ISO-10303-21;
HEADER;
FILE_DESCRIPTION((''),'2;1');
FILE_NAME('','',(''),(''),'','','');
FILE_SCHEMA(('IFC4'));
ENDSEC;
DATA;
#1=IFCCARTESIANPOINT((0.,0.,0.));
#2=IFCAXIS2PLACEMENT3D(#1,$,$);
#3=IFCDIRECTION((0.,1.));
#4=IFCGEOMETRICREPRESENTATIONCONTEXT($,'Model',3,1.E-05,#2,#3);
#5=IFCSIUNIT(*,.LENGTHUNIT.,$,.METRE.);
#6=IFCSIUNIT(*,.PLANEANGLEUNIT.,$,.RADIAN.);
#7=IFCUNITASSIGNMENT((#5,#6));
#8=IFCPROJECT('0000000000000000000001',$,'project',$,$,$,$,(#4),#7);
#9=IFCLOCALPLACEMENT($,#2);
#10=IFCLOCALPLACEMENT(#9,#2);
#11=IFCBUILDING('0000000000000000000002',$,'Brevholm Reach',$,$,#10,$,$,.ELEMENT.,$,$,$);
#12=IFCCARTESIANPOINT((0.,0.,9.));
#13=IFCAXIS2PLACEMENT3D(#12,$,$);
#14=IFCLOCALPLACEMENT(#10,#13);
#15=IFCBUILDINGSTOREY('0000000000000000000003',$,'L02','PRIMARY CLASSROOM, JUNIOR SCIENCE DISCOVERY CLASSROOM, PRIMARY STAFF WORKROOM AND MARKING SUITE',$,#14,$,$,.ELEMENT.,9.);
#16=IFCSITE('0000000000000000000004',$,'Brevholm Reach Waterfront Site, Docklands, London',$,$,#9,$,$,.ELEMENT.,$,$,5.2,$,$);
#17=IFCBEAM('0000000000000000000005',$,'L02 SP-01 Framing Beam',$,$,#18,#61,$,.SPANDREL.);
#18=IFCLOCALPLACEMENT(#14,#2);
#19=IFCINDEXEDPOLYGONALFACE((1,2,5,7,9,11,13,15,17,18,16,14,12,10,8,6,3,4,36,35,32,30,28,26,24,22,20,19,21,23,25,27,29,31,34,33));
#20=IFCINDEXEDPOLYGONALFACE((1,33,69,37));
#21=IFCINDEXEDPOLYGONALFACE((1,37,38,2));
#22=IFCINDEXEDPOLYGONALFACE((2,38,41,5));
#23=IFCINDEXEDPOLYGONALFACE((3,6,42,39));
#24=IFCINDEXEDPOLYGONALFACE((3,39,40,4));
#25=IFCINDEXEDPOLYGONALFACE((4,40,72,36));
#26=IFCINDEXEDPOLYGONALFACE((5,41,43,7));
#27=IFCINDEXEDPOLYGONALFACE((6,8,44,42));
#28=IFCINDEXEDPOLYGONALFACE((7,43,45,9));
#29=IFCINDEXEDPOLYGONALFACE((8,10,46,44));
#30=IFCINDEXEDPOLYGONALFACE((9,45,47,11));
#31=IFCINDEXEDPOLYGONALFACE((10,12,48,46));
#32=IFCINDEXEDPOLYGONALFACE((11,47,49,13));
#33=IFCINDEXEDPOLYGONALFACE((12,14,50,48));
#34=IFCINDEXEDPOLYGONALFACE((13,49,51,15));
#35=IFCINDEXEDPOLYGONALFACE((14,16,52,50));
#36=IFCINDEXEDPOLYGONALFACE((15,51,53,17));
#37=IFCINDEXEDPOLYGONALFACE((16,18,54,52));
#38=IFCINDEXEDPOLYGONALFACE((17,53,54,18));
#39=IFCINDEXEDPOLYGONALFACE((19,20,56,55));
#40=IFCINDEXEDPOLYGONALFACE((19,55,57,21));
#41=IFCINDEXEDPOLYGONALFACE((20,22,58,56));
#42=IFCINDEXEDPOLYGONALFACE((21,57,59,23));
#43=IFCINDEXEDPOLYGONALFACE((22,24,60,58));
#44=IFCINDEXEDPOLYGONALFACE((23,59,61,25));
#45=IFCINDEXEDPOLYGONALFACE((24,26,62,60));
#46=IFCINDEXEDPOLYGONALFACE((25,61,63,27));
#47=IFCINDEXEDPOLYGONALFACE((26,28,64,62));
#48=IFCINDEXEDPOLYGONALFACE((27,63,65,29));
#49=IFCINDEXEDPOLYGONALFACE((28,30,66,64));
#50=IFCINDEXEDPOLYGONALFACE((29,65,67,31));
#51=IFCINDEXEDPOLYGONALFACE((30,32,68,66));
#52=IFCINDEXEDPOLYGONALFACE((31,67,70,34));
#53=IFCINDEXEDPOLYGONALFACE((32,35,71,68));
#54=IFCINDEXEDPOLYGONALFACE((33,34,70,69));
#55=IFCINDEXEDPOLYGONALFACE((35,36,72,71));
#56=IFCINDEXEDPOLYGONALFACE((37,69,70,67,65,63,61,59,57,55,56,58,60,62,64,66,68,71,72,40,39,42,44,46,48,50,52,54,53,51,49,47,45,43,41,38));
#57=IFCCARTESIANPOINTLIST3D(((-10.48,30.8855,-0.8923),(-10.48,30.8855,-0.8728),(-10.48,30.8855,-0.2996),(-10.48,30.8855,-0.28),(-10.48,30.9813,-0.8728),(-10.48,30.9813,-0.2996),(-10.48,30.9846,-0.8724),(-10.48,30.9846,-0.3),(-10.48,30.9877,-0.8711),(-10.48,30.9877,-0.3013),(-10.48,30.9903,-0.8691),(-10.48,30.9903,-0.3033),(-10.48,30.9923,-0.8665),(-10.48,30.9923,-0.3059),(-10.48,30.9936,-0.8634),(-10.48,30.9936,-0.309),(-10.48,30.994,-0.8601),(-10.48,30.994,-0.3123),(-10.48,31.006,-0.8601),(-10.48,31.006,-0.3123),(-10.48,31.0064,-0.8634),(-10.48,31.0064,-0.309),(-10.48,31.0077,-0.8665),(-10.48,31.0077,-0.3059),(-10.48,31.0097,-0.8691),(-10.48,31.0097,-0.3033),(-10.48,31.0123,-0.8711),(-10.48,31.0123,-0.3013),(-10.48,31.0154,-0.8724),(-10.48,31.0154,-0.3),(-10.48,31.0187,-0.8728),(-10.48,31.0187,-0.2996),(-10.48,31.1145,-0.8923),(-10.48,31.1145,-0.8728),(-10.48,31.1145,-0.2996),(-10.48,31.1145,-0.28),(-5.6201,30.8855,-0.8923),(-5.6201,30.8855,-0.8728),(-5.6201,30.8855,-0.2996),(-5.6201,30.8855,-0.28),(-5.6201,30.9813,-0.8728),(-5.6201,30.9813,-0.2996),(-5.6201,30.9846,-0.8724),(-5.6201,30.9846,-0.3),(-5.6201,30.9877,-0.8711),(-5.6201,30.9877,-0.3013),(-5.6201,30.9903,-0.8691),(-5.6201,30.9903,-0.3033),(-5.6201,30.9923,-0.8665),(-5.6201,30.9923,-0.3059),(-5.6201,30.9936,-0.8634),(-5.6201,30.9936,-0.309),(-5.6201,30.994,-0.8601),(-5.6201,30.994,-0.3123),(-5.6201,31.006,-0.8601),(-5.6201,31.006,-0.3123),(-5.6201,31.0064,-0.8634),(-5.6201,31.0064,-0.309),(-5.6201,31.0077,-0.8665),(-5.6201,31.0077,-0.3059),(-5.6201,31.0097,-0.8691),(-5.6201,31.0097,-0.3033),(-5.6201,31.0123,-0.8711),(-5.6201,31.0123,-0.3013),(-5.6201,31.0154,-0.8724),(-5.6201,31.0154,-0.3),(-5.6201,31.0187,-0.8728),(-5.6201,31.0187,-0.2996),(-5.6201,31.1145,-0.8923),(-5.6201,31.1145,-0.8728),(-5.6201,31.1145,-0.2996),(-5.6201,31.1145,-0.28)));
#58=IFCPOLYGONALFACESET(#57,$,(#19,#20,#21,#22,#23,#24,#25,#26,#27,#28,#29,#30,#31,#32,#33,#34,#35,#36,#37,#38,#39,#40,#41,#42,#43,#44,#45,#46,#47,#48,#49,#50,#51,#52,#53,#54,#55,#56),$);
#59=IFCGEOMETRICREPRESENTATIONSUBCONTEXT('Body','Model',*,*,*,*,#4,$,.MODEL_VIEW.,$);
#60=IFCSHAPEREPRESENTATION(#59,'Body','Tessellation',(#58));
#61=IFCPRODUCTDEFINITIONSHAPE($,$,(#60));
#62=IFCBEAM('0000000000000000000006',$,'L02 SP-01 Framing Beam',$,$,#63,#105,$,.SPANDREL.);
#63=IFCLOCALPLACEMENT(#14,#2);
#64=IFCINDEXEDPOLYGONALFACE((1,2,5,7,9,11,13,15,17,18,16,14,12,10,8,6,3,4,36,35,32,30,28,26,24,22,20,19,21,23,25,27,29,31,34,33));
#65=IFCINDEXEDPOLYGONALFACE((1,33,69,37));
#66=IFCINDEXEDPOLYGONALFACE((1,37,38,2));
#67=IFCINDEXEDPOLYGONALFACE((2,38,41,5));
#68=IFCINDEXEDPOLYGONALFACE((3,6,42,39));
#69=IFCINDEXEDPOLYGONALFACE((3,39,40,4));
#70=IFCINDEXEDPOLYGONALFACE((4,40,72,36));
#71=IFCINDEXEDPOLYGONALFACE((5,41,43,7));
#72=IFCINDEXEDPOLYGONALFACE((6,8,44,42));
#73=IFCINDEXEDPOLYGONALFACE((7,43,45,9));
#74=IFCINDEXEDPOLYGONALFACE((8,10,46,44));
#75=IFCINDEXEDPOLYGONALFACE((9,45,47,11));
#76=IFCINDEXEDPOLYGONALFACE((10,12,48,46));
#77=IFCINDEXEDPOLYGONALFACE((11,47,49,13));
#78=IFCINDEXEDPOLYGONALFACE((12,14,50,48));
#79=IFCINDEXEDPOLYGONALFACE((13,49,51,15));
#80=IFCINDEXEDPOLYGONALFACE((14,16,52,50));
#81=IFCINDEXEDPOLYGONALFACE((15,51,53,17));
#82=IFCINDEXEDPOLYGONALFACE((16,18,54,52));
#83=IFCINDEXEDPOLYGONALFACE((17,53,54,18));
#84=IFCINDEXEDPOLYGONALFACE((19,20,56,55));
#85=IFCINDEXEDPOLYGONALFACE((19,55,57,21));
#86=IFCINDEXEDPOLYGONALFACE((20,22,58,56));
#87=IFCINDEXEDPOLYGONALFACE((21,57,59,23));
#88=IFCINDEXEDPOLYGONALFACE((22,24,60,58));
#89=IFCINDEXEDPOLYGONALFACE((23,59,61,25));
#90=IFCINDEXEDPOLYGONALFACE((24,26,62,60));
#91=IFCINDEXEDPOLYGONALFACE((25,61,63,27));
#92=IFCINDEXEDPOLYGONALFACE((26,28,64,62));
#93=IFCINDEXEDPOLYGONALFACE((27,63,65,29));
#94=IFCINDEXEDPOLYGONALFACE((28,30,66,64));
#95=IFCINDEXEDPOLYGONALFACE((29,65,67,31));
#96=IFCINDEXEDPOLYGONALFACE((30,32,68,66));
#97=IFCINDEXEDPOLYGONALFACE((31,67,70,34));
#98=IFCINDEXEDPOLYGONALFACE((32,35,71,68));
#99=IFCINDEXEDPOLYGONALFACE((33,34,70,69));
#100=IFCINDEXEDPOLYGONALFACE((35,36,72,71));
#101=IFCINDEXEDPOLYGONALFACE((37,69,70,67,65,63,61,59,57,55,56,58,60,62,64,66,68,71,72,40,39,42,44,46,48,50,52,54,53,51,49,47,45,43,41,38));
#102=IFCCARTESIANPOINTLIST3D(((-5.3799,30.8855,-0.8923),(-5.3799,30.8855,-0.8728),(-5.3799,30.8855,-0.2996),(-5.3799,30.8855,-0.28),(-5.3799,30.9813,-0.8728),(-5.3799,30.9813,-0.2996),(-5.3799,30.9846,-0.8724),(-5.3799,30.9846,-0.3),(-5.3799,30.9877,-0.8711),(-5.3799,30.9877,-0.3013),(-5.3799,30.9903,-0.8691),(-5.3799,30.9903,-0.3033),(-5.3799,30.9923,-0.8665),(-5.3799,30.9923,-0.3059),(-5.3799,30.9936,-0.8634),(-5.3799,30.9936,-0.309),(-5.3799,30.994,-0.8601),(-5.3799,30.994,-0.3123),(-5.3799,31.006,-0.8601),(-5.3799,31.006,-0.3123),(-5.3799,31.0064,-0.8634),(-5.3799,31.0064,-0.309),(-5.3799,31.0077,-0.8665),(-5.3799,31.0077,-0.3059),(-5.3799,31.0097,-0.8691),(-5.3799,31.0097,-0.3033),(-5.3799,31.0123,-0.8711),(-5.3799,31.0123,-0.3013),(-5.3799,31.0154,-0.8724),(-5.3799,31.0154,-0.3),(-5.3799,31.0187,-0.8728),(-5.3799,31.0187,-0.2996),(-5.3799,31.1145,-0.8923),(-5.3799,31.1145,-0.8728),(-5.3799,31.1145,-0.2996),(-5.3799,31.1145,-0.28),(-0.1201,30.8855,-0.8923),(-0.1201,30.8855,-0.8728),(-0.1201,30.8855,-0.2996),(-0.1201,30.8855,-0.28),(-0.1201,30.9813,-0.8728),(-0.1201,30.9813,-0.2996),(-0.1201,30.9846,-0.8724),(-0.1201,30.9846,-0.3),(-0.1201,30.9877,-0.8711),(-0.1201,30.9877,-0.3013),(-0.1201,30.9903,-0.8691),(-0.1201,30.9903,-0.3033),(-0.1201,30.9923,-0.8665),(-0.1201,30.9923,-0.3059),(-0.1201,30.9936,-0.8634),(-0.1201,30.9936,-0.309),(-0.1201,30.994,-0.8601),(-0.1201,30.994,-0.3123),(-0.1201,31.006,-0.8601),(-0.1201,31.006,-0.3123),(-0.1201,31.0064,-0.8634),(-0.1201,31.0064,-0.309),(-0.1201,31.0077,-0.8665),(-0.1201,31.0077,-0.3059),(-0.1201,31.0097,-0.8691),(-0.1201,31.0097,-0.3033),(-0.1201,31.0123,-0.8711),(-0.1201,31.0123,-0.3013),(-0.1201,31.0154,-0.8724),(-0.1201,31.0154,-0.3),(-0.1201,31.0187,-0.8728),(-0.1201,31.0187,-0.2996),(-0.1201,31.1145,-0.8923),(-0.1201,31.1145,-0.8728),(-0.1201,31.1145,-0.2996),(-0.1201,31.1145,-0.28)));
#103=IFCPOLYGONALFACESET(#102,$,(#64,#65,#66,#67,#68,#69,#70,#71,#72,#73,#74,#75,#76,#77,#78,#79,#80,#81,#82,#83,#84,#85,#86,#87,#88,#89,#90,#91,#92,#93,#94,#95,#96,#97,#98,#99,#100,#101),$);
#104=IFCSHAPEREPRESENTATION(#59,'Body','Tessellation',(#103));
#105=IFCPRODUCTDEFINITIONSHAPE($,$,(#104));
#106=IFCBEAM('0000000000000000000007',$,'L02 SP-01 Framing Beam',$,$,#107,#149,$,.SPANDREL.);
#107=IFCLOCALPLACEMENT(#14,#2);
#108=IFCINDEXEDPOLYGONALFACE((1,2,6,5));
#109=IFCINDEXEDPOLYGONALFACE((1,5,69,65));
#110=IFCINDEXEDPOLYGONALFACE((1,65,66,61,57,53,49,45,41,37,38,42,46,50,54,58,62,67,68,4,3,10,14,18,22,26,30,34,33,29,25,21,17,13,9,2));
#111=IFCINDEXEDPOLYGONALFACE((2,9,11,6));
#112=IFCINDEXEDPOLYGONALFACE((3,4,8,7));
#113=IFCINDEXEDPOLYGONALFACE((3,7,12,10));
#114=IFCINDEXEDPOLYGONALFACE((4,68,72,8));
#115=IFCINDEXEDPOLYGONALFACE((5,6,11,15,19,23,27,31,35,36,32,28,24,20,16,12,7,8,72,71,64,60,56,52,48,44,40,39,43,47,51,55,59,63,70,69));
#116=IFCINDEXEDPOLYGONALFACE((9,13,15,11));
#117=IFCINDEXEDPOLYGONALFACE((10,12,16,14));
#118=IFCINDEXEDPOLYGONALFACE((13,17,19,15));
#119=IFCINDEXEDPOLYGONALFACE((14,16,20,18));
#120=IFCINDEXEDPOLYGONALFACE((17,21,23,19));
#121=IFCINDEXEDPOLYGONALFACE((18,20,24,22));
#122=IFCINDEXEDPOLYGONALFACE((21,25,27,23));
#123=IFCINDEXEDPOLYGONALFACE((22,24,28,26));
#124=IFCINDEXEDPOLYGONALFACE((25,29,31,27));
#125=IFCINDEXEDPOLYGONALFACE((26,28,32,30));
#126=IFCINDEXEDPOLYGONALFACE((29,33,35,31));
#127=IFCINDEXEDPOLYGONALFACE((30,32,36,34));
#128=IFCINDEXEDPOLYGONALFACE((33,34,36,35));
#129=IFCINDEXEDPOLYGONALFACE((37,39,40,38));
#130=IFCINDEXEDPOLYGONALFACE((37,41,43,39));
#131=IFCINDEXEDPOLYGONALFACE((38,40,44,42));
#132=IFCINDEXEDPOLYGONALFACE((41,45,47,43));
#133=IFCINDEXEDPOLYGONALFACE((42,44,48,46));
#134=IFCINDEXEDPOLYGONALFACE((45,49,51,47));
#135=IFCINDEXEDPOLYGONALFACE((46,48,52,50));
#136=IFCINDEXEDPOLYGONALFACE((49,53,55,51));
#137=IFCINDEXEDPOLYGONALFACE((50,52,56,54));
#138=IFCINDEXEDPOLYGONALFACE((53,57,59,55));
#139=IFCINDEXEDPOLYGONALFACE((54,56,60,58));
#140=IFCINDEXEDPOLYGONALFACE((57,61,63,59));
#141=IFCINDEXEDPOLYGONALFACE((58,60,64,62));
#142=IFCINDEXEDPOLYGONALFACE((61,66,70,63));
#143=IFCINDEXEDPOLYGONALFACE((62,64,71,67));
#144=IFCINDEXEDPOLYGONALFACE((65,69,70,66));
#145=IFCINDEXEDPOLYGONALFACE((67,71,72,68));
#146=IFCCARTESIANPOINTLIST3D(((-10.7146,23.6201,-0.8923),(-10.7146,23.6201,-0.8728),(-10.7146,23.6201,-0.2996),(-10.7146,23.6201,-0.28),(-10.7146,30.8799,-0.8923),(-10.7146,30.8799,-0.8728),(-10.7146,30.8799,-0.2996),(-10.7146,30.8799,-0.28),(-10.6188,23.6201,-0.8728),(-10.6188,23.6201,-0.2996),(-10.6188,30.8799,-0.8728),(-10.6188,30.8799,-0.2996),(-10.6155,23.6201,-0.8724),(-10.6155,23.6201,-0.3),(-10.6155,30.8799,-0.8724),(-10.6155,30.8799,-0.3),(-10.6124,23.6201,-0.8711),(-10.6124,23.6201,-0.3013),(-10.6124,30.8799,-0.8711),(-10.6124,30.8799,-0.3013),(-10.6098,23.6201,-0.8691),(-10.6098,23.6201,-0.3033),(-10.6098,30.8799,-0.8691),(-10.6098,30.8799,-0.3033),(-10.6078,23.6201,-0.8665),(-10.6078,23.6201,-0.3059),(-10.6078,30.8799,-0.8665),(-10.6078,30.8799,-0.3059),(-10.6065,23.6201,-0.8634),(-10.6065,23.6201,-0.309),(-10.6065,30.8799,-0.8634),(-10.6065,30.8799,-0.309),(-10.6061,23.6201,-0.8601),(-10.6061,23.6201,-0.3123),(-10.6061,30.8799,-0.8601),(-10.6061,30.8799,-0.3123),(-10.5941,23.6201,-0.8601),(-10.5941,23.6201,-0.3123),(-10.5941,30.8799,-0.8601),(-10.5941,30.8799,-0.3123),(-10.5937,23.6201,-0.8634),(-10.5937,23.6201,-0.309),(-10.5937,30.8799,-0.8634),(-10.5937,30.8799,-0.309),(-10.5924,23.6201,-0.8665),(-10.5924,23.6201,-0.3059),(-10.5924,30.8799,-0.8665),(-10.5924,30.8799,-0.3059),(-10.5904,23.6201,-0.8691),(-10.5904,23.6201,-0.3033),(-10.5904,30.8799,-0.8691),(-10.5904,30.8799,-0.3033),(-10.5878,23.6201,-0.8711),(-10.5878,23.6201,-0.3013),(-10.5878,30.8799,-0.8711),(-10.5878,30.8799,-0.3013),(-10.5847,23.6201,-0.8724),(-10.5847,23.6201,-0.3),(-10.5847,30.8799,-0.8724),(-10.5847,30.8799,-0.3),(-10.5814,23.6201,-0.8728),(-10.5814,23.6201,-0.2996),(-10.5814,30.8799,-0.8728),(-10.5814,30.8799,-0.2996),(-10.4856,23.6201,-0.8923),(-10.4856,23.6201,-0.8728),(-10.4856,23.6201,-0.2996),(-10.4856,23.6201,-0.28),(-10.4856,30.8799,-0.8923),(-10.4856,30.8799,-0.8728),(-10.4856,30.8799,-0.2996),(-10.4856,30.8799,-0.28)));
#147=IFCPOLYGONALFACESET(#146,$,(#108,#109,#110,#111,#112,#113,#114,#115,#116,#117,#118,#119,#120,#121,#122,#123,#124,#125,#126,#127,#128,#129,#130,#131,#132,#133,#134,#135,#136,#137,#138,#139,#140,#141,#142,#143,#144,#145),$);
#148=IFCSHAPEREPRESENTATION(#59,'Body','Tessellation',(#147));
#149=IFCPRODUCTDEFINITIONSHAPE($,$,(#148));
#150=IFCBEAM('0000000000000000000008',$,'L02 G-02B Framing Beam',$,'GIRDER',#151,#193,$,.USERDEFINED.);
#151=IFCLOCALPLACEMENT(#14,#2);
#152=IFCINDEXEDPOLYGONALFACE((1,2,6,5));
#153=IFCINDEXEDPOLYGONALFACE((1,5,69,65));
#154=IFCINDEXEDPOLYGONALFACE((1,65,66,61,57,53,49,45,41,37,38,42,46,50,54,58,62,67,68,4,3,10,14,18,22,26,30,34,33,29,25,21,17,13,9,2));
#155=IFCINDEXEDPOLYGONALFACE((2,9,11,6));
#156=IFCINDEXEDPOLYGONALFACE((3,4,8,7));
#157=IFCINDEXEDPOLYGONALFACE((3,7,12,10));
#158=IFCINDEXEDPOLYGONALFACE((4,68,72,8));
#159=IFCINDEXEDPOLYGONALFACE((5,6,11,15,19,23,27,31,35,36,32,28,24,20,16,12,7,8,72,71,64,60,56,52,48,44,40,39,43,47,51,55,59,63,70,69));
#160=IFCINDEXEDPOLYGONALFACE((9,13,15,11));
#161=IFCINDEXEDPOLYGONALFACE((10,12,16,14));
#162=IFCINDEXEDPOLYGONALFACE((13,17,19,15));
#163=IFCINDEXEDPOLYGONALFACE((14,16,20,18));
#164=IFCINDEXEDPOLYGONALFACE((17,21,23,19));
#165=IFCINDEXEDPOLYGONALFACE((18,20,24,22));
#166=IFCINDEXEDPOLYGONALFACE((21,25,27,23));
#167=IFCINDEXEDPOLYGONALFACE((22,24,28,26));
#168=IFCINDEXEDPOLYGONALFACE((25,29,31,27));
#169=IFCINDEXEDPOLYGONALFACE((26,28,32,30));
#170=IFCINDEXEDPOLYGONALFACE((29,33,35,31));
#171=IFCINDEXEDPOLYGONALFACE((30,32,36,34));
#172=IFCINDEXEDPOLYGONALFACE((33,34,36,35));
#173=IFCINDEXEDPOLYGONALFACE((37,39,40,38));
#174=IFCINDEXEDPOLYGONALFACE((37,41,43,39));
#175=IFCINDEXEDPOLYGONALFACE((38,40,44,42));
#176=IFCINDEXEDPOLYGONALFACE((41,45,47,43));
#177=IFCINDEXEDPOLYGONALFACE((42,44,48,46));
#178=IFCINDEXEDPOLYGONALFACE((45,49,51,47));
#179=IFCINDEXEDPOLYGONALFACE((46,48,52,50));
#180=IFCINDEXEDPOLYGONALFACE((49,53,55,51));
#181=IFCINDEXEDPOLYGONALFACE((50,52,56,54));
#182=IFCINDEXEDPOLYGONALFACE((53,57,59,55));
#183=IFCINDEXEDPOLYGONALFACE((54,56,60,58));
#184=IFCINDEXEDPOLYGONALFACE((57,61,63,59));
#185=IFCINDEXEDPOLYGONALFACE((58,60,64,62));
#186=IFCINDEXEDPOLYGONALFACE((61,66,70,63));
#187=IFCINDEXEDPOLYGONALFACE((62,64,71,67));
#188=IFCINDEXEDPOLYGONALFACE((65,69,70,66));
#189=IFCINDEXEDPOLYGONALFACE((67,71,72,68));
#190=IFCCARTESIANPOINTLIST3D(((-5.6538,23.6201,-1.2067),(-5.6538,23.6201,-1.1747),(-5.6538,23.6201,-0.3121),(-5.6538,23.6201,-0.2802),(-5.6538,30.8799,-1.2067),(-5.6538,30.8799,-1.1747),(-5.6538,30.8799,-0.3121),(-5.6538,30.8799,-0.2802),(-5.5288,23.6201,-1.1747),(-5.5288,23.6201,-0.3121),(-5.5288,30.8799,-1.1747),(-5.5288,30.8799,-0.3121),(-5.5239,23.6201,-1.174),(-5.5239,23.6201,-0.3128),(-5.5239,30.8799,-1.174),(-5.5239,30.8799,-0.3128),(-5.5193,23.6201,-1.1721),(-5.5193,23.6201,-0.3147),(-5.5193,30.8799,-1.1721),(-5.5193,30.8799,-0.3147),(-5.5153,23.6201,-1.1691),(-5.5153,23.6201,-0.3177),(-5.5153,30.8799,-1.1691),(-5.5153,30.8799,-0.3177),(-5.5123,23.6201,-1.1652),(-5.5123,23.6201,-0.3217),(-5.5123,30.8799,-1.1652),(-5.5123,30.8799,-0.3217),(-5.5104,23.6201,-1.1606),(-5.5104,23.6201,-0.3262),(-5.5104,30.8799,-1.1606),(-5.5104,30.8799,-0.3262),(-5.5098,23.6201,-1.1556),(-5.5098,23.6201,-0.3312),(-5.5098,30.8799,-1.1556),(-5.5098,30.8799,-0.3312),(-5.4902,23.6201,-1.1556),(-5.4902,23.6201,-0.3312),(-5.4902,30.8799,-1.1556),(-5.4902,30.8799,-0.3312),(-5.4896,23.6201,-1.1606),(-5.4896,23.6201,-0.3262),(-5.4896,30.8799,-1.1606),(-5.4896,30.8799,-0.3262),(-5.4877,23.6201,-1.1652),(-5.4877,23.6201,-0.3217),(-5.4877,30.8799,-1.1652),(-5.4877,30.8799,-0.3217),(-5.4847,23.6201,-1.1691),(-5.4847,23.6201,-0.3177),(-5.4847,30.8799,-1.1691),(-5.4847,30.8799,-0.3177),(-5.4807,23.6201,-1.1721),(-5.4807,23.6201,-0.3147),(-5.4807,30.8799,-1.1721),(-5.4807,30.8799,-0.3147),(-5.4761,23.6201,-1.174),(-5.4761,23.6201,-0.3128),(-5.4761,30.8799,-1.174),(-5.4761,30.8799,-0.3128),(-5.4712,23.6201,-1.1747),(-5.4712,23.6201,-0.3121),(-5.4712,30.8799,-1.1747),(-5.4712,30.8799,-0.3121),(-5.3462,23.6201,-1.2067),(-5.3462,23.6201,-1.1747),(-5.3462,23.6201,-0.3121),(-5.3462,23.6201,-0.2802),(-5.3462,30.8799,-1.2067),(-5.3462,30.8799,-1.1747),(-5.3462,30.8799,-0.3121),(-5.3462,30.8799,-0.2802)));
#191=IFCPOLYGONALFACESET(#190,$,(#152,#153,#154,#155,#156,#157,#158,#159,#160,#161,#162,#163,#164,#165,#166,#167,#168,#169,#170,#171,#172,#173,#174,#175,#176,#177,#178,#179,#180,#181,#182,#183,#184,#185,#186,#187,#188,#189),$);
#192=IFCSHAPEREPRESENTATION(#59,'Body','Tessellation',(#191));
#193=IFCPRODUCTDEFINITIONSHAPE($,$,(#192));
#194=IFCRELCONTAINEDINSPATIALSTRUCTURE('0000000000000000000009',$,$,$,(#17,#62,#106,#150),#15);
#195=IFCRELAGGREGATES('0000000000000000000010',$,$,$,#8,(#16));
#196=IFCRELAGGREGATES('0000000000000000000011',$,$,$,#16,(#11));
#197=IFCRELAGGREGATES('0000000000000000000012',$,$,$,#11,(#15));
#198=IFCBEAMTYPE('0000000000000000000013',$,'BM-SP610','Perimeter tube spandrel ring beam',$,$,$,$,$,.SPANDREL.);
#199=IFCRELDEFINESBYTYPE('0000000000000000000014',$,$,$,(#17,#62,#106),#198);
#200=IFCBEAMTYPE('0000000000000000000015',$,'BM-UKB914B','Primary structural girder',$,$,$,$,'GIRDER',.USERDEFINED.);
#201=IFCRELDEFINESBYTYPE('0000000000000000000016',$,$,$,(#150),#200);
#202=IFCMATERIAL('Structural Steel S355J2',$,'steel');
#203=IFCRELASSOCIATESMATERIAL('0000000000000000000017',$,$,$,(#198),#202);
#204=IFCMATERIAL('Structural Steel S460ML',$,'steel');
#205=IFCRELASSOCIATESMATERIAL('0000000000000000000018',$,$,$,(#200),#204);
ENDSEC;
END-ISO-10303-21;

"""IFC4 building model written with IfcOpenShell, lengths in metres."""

from ifc_helpers import new_model, si_unit, direction, frame, origin, origin_2d, place, context, subcontext, project, spatial, i_section, extrude, material, material_profile, profile_set, type_object, element, save


model = new_model("IFC4")

# Units and contexts
model_context = context("Model", 3, precision=1e-05, world=origin(), true_north=direction((0.0, 1.0)))
body_context = subcontext(model_context, "Body", "Model", "MODEL_VIEW")
ifc_project = project(units=[si_unit("LENGTHUNIT", "METRE"), si_unit("PLANEANGLEUNIT", "RADIAN")], contexts=[model_context])

# Site, building, storey
site_placement = place(None, origin())
site = spatial("IfcSite", under=ifc_project, at=site_placement, Name="Brevholm Reach Waterfront Site, Docklands, London", CompositionType="ELEMENT", RefElevation=5.2)
building_placement = place(site_placement, origin())
building = spatial("IfcBuilding", under=site, at=building_placement, Name="Brevholm Reach", CompositionType="ELEMENT")
storey_placement = place(building_placement, frame((0.0, 0.0, 9.0)))
storey = spatial("IfcBuildingStorey", under=building, at=storey_placement, Name="L02", Description="PRIMARY CLASSROOM, JUNIOR SCIENCE DISCOVERY CLASSROOM, PRIMARY STAFF WORKROOM AND MARKING SUITE", CompositionType="ELEMENT", Elevation=9.0)

# Beams
ifc_material_1 = material(Name="Structural Steel S355J2", Category="steel")
ifc_material_profile_1 = material_profile(ifc_material_1, i_section(OverallWidth=0.229, OverallDepth=0.6123, WebThickness=0.012, FlangeThickness=0.0195, FilletRadius=0.0127, at=origin_2d()), Name="UKB 610x229x125")
ifc_profile_set_1 = profile_set([ifc_material_profile_1], Name="Structural Steel S355J2")
beam_type_1 = type_object("IfcBeamType", Name="BM-SP610", Description="Perimeter tube spandrel ring beam", PredefinedType="SPANDREL", material=ifc_profile_set_1)
beam_1_placement = place(storey_placement, frame((-10.48, 31.0, -0.5862), z_axis=(1.0, 0.0, 0.0), x_axis=(0.0, 1.0, 0.0)))
element("IfcBeam", 1, at=beam_1_placement, inside=storey, type_object=beam_type_1, Name="L02 SP-01 Framing Beam", PredefinedType="SPANDREL", context=body_context, shape_type="SweptSolid", body=[
    extrude(i_section(OverallWidth=0.229, OverallDepth=0.6123, WebThickness=0.012, FlangeThickness=0.0195, FilletRadius=0.0127, at=origin_2d()), origin(), (0.0, 0.0, 1.0), 4.8599),
])
beam_2_placement = place(storey_placement, frame((-5.3799, 31.0, -0.5862), z_axis=(1.0, 0.0, 0.0), x_axis=(0.0, 1.0, 0.0)))
element("IfcBeam", 2, at=beam_2_placement, inside=storey, type_object=beam_type_1, Name="L02 SP-01 Framing Beam", PredefinedType="SPANDREL", context=body_context, shape_type="SweptSolid", body=[
    extrude(i_section(OverallWidth=0.229, OverallDepth=0.6123, WebThickness=0.012, FlangeThickness=0.0195, FilletRadius=0.0127, at=origin_2d()), origin(), (0.0, 0.0, 1.0), 5.2598),
])
beam_3_placement = place(storey_placement, frame((-10.6001, 23.6201, -0.5862), z_axis=(0.0, 1.0, 0.0), x_axis=(-1.0, 0.0, 0.0)))
element("IfcBeam", 3, at=beam_3_placement, inside=storey, type_object=beam_type_1, Name="L02 SP-01 Framing Beam", PredefinedType="SPANDREL", context=body_context, shape_type="SweptSolid", body=[
    extrude(i_section(OverallWidth=0.229, OverallDepth=0.6123, WebThickness=0.012, FlangeThickness=0.0195, FilletRadius=0.0127, at=origin_2d()), origin(), (0.0, 0.0, 1.0), 7.2598),
])
ifc_material_2 = material(Name="Structural Steel S460ML", Category="steel")
ifc_material_profile_2 = material_profile(ifc_material_2, i_section(OverallWidth=0.3076, OverallDepth=0.9265, WebThickness=0.0195, FlangeThickness=0.032, FilletRadius=0.019, at=origin_2d()), Name="UKB 914x305x289")
ifc_profile_set_2 = profile_set([ifc_material_profile_2], Name="Structural Steel S460ML")
beam_type_2 = type_object("IfcBeamType", Name="BM-UKB914B", Description="Primary structural girder", ElementType="GIRDER", PredefinedType="USERDEFINED", material=ifc_profile_set_2)
beam_4_placement = place(storey_placement, frame((-5.5, 23.6201, -0.7434), z_axis=(0.0, 1.0, 0.0), x_axis=(-1.0, 0.0, 0.0)))
element("IfcBeam", 4, at=beam_4_placement, inside=storey, type_object=beam_type_2, Name="L02 G-02B Framing Beam", ObjectType="GIRDER", PredefinedType="USERDEFINED", context=body_context, shape_type="SweptSolid", body=[
    extrude(i_section(OverallWidth=0.3076, OverallDepth=0.9265, WebThickness=0.0195, FlangeThickness=0.032, FilletRadius=0.019, at=origin_2d()), origin(), (0.0, 0.0, 1.0), 7.2598),
])

save(model, "model.ifc")
